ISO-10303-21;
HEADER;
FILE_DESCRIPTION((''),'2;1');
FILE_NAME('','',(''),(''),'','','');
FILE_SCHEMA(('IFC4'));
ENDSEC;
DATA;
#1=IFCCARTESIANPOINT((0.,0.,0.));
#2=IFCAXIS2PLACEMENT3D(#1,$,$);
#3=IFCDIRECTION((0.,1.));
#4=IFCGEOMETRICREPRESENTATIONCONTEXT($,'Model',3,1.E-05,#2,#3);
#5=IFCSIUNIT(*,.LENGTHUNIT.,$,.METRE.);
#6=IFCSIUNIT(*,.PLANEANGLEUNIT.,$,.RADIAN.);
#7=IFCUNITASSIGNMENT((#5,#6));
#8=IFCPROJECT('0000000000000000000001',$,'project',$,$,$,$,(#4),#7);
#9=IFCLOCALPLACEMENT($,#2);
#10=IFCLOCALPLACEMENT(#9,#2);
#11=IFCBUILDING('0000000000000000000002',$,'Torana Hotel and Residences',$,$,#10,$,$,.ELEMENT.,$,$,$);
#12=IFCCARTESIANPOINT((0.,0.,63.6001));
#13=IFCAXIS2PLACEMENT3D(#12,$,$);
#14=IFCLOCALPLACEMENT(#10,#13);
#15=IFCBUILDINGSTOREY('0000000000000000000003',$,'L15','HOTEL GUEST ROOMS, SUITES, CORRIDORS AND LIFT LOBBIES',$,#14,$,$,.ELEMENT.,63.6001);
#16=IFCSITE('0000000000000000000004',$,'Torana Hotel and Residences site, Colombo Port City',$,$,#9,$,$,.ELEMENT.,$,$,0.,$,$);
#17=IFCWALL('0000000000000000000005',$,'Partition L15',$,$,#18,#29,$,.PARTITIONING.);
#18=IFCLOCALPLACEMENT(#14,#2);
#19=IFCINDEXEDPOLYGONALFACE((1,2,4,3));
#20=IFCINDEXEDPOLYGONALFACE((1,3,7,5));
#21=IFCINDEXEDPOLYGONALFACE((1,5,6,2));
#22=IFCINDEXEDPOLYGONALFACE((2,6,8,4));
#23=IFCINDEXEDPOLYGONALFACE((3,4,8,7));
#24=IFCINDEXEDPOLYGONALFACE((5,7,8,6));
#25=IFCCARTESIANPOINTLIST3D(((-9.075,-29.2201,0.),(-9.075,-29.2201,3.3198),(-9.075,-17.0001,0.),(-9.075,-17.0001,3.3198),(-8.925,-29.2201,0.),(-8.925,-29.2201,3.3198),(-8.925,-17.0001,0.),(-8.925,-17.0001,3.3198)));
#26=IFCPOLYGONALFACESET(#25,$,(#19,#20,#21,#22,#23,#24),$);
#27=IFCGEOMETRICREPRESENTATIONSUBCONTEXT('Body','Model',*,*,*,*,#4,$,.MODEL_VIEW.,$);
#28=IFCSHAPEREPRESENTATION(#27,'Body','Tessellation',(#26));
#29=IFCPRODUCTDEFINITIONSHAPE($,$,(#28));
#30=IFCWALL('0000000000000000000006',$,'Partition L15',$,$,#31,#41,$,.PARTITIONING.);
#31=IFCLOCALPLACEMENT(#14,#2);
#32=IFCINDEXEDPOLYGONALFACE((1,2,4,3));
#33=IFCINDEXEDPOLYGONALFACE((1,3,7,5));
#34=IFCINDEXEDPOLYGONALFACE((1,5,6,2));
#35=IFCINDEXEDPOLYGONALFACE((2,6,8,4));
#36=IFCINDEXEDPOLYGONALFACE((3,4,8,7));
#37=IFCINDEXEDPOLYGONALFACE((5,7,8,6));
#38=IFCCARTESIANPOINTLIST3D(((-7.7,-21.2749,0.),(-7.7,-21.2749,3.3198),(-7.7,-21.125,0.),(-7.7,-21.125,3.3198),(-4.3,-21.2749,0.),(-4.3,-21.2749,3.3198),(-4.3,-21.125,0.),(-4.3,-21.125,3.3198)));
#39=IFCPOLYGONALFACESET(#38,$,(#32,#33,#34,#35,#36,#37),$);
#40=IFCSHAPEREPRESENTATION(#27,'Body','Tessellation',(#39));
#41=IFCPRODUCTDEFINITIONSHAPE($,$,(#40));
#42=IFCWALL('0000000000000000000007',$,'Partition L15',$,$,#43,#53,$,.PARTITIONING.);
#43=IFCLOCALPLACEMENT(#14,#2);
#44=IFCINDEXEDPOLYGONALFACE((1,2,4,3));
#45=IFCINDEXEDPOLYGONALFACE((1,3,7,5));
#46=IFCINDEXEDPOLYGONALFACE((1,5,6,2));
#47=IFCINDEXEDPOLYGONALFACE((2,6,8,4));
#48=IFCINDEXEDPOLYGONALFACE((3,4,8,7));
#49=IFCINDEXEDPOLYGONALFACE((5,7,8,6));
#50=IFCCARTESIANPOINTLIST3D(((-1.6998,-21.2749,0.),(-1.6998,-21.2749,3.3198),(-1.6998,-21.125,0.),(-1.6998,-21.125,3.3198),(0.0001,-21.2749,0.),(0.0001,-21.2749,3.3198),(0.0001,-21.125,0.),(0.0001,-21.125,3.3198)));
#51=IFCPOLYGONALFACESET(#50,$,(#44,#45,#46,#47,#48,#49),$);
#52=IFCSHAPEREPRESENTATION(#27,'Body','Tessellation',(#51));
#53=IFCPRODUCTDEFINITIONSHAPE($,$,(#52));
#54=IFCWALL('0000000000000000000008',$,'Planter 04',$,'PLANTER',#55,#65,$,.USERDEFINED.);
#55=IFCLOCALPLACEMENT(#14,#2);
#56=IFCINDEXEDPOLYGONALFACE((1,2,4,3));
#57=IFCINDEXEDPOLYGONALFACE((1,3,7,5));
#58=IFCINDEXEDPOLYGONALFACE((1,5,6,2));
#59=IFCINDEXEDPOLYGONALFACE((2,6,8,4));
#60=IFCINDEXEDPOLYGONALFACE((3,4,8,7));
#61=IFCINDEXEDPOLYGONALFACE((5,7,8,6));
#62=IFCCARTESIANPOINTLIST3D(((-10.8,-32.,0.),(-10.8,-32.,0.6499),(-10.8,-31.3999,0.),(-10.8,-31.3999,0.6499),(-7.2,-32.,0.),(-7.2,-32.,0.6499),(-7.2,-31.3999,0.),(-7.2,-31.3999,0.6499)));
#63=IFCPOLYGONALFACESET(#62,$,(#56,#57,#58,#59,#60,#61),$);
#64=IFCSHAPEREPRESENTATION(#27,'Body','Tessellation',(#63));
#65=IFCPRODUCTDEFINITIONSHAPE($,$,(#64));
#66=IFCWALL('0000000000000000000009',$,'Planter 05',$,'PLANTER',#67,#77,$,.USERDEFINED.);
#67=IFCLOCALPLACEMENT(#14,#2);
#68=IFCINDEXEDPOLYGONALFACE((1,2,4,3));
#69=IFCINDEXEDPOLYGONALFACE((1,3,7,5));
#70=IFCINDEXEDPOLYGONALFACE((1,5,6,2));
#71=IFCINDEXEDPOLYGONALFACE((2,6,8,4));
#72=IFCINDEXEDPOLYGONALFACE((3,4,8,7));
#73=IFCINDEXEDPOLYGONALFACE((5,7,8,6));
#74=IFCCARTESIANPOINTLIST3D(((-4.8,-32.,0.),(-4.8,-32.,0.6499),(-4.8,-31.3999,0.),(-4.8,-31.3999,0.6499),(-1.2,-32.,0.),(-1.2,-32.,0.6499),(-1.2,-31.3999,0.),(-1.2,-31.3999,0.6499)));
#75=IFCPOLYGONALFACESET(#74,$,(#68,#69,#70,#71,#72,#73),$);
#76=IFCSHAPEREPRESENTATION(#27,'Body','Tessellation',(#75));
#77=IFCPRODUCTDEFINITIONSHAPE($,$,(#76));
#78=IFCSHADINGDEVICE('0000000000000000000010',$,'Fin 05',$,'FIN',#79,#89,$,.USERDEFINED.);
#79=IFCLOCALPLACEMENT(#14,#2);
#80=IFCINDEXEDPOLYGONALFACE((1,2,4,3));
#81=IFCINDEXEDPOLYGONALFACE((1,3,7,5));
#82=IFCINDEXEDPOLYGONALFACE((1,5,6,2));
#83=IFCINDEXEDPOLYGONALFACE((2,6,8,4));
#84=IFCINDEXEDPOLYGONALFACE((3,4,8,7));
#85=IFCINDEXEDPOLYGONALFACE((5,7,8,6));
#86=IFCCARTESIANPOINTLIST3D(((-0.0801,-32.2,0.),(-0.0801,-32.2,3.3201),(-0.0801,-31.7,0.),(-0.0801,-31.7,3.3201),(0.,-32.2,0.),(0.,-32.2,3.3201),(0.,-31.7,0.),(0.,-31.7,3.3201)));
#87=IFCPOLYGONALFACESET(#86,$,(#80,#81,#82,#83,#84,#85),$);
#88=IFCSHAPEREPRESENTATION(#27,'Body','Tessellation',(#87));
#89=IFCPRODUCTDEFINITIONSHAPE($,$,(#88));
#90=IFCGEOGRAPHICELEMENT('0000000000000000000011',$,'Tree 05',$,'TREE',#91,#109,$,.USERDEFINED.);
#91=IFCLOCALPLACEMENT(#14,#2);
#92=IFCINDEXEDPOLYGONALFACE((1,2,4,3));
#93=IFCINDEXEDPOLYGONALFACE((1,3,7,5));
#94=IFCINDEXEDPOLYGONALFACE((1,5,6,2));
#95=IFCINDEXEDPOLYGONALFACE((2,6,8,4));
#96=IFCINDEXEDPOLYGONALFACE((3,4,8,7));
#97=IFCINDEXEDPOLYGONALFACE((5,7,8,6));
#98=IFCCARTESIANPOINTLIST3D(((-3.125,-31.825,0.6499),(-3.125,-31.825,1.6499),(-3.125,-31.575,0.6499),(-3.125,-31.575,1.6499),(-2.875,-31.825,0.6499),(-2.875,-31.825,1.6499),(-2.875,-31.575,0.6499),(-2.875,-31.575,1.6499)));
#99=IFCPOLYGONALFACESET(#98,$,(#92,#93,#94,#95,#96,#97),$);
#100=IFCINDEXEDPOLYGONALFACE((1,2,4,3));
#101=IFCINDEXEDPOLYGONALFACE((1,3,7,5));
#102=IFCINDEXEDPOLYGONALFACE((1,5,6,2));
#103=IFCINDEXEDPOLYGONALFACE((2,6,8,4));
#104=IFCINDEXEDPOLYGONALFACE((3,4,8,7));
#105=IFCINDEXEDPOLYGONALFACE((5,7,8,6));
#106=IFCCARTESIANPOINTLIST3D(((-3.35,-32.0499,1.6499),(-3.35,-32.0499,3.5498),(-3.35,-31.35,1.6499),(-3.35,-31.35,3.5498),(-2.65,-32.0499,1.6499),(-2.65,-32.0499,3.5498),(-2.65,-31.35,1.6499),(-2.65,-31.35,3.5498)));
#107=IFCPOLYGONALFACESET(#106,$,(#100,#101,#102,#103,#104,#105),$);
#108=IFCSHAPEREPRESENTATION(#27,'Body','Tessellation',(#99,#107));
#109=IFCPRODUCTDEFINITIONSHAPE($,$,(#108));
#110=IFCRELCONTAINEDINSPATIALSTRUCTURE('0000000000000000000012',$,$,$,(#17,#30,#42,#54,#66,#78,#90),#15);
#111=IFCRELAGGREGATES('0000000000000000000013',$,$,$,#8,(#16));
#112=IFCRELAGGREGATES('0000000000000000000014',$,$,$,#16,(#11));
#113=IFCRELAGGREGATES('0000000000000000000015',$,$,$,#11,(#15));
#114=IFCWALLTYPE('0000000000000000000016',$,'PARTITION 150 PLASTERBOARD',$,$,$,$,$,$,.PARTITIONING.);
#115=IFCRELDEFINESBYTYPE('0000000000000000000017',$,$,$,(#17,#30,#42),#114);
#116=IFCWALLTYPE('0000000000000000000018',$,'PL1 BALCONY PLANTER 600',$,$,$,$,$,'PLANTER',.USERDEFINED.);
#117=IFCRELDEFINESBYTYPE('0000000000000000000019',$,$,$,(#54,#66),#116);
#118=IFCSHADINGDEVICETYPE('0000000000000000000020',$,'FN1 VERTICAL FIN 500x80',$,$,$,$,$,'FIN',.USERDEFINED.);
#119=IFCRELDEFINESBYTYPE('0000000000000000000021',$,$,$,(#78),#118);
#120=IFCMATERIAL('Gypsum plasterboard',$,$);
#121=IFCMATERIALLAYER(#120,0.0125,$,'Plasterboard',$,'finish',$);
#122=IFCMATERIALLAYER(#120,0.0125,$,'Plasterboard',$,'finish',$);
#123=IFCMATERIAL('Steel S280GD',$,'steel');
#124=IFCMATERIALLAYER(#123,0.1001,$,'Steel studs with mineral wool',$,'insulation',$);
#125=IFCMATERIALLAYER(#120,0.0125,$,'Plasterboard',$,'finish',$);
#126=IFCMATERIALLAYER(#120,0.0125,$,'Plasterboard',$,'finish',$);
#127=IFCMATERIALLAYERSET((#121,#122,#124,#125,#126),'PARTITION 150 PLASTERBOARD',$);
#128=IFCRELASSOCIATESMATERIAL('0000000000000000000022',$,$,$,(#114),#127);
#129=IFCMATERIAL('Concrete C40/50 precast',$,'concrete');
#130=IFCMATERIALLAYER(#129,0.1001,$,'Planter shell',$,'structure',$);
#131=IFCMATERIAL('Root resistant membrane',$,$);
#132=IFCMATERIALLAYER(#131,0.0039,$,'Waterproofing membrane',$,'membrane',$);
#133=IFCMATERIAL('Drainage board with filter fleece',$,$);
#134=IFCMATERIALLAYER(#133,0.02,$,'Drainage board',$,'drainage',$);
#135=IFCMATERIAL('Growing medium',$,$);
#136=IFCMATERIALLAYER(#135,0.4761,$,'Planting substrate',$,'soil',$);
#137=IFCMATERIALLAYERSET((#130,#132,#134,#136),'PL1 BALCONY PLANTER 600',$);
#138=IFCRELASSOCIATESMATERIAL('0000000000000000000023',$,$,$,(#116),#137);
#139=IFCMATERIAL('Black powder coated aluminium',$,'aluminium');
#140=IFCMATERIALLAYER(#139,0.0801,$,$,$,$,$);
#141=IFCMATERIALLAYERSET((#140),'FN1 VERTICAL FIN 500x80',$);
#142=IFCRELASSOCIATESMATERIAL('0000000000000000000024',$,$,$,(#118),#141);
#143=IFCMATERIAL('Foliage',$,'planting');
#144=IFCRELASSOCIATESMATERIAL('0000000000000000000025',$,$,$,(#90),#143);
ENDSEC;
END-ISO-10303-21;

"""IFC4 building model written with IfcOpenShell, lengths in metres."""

from ifc_helpers import new_model, si_unit, direction, frame, frame_2d, origin, origin_2d, place, context, subcontext, project, spatial, rectangle, extrude, material, layer, layer_set, type_object, element, save


model = new_model("IFC4")

# Units and contexts
model_context = context("Model", 3, precision=1e-05, world=origin(), true_north=direction((0.0, 1.0)))
body_context = subcontext(model_context, "Body", "Model", "MODEL_VIEW")
ifc_project = project(units=[si_unit("LENGTHUNIT", "METRE"), si_unit("PLANEANGLEUNIT", "RADIAN")], contexts=[model_context])

# Site, building, storey
site_placement = place(None, origin())
site = spatial("IfcSite", under=ifc_project, at=site_placement, Name="Torana Hotel and Residences site, Colombo Port City", CompositionType="ELEMENT", RefElevation=0.0)
building_placement = place(site_placement, origin())
building = spatial("IfcBuilding", under=site, at=building_placement, Name="Torana Hotel and Residences", CompositionType="ELEMENT")
storey_placement = place(building_placement, frame((0.0, 0.0, 63.6001)))
storey = spatial("IfcBuildingStorey", under=building, at=storey_placement, Name="L15", Description="HOTEL GUEST ROOMS, SUITES, CORRIDORS AND LIFT LOBBIES", CompositionType="ELEMENT", Elevation=63.6001)

# Shared definitions
ifc_material_1 = material(Name="Gypsum plasterboard")
ifc_layer_1 = layer(ifc_material_1, 0.0125, Name="Plasterboard", Category="finish")
ifc_layer_2 = layer(ifc_material_1, 0.0125, Name="Plasterboard", Category="finish")
ifc_material_2 = material(Name="Steel S280GD", Category="steel")
ifc_layer_3 = layer(ifc_material_2, 0.1001, Name="Steel studs with mineral wool", Category="insulation")
ifc_layer_4 = layer(ifc_material_1, 0.0125, Name="Plasterboard", Category="finish")
ifc_layer_5 = layer(ifc_material_1, 0.0125, Name="Plasterboard", Category="finish")
ifc_layer_set_1 = layer_set([ifc_layer_1, ifc_layer_2, ifc_layer_3, ifc_layer_4, ifc_layer_5], Name="PARTITION 150 PLASTERBOARD")
wall_type_1 = type_object("IfcWallType", Name="PARTITION 150 PLASTERBOARD", PredefinedType="PARTITIONING", material=ifc_layer_set_1)

# Walls
wall_1_placement = place(storey_placement, frame((-9.0, -29.22, 0.0), z_axis=(0.0, 0.0, 1.0), x_axis=(0.0, 1.0, 0.0)))
element("IfcWall", 1, at=wall_1_placement, inside=storey, type_object=wall_type_1, Name="Partition L15", PredefinedType="PARTITIONING", context=body_context, shape_type="SweptSolid", body=[
    extrude(rectangle(XDim=12.22, YDim=0.1499, at=frame_2d((6.1099, 0.0))), origin(), (0.0, 0.0, 1.0), 3.3198),
])
wall_2_placement = place(storey_placement, frame((-7.7, -21.2, 0.0), z_axis=(0.0, 0.0, 1.0), x_axis=(1.0, 0.0, 0.0)))
element("IfcWall", 2, at=wall_2_placement, inside=storey, type_object=wall_type_1, Name="Partition L15", PredefinedType="PARTITIONING", context=body_context, shape_type="SweptSolid", body=[
    extrude(rectangle(XDim=3.3999, YDim=0.1499, at=frame_2d((1.7, 0.0))), origin(), (0.0, 0.0, 1.0), 3.3198),
])
wall_3_placement = place(storey_placement, frame((-1.7, -21.2, 0.0), z_axis=(0.0, 0.0, 1.0), x_axis=(1.0, 0.0, 0.0)))
element("IfcWall", 3, at=wall_3_placement, inside=storey, type_object=wall_type_1, Name="Partition L15", PredefinedType="PARTITIONING", context=body_context, shape_type="SweptSolid", body=[
    extrude(rectangle(XDim=1.7, YDim=0.1499, at=frame_2d((0.8501, 0.0))), origin(), (0.0, 0.0, 1.0), 3.3198),
])
ifc_material_3 = material(Name="Concrete C40/50 precast", Category="concrete")
ifc_layer_6 = layer(ifc_material_3, 0.1001, Name="Planter shell", Category="structure")
ifc_material_4 = material(Name="Root resistant membrane")
ifc_layer_7 = layer(ifc_material_4, 0.0039, Name="Waterproofing membrane", Category="membrane")
ifc_material_5 = material(Name="Drainage board with filter fleece")
ifc_layer_8 = layer(ifc_material_5, 0.02, Name="Drainage board", Category="drainage")
ifc_material_6 = material(Name="Growing medium")
ifc_layer_9 = layer(ifc_material_6, 0.4761, Name="Planting substrate", Category="soil")
ifc_layer_set_2 = layer_set([ifc_layer_6, ifc_layer_7, ifc_layer_8, ifc_layer_9], Name="PL1 BALCONY PLANTER 600")
wall_type_2 = type_object("IfcWallType", Name="PL1 BALCONY PLANTER 600", ElementType="PLANTER", PredefinedType="USERDEFINED", material=ifc_layer_set_2)
for number, where, z_axis, x_axis, name in (
    (4, (-7.2, -31.7, 0.0), (0.0, 0.0, 1.0), (-1.0, 0.0, 0.0), "Planter 04"),
    (5, (-1.2, -31.7, 0.0), (0.0, 0.0, 1.0), (-1.0, 0.0, 0.0), "Planter 05"),
):
    element("IfcWall", number, at=place(storey_placement, frame(where, z_axis=z_axis, x_axis=x_axis)), inside=storey, type_object=wall_type_2, Name=name, ObjectType="PLANTER", PredefinedType="USERDEFINED", context=body_context, shape_type="SweptSolid", body=[
        extrude(rectangle(XDim=3.6001, YDim=0.6001, at=frame_2d((1.8, 0.0))), origin(), (0.0, 0.0, 1.0), 0.6499),
    ])

# Shading device
ifc_material_7 = material(Name="Black powder coated aluminium", Category="aluminium")
ifc_layer_10 = layer(ifc_material_7, 0.0801)
ifc_layer_set_3 = layer_set([ifc_layer_10], Name="FN1 VERTICAL FIN 500x80")
shading_device_type = type_object("IfcShadingDeviceType", Name="FN1 VERTICAL FIN 500x80", ElementType="FIN", PredefinedType="USERDEFINED", material=ifc_layer_set_3)
shading_device_placement = place(storey_placement, frame((-0.04, -31.95, 0.0), z_axis=(0.0, 0.0, 1.0), x_axis=(-1.0, 0.0, 0.0)))
element("IfcShadingDevice", 6, at=shading_device_placement, inside=storey, type_object=shading_device_type, Name="Fin 05", ObjectType="FIN", PredefinedType="USERDEFINED", context=body_context, shape_type="SweptSolid", body=[
    extrude(rectangle(XDim=0.0801, YDim=0.5, at=origin_2d()), origin(), (0.0, 0.0, 1.0), 3.3201),
])

# Geographic element
ifc_material_8 = material(Name="Foliage", Category="planting")
geographic_element_placement = place(storey_placement, frame((-3.0, -31.7, 0.6499), z_axis=(0.0, 0.0, 1.0), x_axis=(1.0, 0.0, 0.0)))
element("IfcGeographicElement", 7, at=geographic_element_placement, inside=storey, material=ifc_material_8, Name="Tree 05", ObjectType="TREE", PredefinedType="USERDEFINED", context=body_context, shape_type="SweptSolid", body=[
    extrude(rectangle(XDim=0.25, YDim=0.25, at=origin_2d()), origin(), (0.0, 0.0, 1.0), 1.0),
    extrude(rectangle(XDim=0.7, YDim=0.7, at=origin_2d()), frame((0.0, 0.0, 1.0)), (0.0, 0.0, 1.0), 1.8999),
])

save(model, "model.ifc")
